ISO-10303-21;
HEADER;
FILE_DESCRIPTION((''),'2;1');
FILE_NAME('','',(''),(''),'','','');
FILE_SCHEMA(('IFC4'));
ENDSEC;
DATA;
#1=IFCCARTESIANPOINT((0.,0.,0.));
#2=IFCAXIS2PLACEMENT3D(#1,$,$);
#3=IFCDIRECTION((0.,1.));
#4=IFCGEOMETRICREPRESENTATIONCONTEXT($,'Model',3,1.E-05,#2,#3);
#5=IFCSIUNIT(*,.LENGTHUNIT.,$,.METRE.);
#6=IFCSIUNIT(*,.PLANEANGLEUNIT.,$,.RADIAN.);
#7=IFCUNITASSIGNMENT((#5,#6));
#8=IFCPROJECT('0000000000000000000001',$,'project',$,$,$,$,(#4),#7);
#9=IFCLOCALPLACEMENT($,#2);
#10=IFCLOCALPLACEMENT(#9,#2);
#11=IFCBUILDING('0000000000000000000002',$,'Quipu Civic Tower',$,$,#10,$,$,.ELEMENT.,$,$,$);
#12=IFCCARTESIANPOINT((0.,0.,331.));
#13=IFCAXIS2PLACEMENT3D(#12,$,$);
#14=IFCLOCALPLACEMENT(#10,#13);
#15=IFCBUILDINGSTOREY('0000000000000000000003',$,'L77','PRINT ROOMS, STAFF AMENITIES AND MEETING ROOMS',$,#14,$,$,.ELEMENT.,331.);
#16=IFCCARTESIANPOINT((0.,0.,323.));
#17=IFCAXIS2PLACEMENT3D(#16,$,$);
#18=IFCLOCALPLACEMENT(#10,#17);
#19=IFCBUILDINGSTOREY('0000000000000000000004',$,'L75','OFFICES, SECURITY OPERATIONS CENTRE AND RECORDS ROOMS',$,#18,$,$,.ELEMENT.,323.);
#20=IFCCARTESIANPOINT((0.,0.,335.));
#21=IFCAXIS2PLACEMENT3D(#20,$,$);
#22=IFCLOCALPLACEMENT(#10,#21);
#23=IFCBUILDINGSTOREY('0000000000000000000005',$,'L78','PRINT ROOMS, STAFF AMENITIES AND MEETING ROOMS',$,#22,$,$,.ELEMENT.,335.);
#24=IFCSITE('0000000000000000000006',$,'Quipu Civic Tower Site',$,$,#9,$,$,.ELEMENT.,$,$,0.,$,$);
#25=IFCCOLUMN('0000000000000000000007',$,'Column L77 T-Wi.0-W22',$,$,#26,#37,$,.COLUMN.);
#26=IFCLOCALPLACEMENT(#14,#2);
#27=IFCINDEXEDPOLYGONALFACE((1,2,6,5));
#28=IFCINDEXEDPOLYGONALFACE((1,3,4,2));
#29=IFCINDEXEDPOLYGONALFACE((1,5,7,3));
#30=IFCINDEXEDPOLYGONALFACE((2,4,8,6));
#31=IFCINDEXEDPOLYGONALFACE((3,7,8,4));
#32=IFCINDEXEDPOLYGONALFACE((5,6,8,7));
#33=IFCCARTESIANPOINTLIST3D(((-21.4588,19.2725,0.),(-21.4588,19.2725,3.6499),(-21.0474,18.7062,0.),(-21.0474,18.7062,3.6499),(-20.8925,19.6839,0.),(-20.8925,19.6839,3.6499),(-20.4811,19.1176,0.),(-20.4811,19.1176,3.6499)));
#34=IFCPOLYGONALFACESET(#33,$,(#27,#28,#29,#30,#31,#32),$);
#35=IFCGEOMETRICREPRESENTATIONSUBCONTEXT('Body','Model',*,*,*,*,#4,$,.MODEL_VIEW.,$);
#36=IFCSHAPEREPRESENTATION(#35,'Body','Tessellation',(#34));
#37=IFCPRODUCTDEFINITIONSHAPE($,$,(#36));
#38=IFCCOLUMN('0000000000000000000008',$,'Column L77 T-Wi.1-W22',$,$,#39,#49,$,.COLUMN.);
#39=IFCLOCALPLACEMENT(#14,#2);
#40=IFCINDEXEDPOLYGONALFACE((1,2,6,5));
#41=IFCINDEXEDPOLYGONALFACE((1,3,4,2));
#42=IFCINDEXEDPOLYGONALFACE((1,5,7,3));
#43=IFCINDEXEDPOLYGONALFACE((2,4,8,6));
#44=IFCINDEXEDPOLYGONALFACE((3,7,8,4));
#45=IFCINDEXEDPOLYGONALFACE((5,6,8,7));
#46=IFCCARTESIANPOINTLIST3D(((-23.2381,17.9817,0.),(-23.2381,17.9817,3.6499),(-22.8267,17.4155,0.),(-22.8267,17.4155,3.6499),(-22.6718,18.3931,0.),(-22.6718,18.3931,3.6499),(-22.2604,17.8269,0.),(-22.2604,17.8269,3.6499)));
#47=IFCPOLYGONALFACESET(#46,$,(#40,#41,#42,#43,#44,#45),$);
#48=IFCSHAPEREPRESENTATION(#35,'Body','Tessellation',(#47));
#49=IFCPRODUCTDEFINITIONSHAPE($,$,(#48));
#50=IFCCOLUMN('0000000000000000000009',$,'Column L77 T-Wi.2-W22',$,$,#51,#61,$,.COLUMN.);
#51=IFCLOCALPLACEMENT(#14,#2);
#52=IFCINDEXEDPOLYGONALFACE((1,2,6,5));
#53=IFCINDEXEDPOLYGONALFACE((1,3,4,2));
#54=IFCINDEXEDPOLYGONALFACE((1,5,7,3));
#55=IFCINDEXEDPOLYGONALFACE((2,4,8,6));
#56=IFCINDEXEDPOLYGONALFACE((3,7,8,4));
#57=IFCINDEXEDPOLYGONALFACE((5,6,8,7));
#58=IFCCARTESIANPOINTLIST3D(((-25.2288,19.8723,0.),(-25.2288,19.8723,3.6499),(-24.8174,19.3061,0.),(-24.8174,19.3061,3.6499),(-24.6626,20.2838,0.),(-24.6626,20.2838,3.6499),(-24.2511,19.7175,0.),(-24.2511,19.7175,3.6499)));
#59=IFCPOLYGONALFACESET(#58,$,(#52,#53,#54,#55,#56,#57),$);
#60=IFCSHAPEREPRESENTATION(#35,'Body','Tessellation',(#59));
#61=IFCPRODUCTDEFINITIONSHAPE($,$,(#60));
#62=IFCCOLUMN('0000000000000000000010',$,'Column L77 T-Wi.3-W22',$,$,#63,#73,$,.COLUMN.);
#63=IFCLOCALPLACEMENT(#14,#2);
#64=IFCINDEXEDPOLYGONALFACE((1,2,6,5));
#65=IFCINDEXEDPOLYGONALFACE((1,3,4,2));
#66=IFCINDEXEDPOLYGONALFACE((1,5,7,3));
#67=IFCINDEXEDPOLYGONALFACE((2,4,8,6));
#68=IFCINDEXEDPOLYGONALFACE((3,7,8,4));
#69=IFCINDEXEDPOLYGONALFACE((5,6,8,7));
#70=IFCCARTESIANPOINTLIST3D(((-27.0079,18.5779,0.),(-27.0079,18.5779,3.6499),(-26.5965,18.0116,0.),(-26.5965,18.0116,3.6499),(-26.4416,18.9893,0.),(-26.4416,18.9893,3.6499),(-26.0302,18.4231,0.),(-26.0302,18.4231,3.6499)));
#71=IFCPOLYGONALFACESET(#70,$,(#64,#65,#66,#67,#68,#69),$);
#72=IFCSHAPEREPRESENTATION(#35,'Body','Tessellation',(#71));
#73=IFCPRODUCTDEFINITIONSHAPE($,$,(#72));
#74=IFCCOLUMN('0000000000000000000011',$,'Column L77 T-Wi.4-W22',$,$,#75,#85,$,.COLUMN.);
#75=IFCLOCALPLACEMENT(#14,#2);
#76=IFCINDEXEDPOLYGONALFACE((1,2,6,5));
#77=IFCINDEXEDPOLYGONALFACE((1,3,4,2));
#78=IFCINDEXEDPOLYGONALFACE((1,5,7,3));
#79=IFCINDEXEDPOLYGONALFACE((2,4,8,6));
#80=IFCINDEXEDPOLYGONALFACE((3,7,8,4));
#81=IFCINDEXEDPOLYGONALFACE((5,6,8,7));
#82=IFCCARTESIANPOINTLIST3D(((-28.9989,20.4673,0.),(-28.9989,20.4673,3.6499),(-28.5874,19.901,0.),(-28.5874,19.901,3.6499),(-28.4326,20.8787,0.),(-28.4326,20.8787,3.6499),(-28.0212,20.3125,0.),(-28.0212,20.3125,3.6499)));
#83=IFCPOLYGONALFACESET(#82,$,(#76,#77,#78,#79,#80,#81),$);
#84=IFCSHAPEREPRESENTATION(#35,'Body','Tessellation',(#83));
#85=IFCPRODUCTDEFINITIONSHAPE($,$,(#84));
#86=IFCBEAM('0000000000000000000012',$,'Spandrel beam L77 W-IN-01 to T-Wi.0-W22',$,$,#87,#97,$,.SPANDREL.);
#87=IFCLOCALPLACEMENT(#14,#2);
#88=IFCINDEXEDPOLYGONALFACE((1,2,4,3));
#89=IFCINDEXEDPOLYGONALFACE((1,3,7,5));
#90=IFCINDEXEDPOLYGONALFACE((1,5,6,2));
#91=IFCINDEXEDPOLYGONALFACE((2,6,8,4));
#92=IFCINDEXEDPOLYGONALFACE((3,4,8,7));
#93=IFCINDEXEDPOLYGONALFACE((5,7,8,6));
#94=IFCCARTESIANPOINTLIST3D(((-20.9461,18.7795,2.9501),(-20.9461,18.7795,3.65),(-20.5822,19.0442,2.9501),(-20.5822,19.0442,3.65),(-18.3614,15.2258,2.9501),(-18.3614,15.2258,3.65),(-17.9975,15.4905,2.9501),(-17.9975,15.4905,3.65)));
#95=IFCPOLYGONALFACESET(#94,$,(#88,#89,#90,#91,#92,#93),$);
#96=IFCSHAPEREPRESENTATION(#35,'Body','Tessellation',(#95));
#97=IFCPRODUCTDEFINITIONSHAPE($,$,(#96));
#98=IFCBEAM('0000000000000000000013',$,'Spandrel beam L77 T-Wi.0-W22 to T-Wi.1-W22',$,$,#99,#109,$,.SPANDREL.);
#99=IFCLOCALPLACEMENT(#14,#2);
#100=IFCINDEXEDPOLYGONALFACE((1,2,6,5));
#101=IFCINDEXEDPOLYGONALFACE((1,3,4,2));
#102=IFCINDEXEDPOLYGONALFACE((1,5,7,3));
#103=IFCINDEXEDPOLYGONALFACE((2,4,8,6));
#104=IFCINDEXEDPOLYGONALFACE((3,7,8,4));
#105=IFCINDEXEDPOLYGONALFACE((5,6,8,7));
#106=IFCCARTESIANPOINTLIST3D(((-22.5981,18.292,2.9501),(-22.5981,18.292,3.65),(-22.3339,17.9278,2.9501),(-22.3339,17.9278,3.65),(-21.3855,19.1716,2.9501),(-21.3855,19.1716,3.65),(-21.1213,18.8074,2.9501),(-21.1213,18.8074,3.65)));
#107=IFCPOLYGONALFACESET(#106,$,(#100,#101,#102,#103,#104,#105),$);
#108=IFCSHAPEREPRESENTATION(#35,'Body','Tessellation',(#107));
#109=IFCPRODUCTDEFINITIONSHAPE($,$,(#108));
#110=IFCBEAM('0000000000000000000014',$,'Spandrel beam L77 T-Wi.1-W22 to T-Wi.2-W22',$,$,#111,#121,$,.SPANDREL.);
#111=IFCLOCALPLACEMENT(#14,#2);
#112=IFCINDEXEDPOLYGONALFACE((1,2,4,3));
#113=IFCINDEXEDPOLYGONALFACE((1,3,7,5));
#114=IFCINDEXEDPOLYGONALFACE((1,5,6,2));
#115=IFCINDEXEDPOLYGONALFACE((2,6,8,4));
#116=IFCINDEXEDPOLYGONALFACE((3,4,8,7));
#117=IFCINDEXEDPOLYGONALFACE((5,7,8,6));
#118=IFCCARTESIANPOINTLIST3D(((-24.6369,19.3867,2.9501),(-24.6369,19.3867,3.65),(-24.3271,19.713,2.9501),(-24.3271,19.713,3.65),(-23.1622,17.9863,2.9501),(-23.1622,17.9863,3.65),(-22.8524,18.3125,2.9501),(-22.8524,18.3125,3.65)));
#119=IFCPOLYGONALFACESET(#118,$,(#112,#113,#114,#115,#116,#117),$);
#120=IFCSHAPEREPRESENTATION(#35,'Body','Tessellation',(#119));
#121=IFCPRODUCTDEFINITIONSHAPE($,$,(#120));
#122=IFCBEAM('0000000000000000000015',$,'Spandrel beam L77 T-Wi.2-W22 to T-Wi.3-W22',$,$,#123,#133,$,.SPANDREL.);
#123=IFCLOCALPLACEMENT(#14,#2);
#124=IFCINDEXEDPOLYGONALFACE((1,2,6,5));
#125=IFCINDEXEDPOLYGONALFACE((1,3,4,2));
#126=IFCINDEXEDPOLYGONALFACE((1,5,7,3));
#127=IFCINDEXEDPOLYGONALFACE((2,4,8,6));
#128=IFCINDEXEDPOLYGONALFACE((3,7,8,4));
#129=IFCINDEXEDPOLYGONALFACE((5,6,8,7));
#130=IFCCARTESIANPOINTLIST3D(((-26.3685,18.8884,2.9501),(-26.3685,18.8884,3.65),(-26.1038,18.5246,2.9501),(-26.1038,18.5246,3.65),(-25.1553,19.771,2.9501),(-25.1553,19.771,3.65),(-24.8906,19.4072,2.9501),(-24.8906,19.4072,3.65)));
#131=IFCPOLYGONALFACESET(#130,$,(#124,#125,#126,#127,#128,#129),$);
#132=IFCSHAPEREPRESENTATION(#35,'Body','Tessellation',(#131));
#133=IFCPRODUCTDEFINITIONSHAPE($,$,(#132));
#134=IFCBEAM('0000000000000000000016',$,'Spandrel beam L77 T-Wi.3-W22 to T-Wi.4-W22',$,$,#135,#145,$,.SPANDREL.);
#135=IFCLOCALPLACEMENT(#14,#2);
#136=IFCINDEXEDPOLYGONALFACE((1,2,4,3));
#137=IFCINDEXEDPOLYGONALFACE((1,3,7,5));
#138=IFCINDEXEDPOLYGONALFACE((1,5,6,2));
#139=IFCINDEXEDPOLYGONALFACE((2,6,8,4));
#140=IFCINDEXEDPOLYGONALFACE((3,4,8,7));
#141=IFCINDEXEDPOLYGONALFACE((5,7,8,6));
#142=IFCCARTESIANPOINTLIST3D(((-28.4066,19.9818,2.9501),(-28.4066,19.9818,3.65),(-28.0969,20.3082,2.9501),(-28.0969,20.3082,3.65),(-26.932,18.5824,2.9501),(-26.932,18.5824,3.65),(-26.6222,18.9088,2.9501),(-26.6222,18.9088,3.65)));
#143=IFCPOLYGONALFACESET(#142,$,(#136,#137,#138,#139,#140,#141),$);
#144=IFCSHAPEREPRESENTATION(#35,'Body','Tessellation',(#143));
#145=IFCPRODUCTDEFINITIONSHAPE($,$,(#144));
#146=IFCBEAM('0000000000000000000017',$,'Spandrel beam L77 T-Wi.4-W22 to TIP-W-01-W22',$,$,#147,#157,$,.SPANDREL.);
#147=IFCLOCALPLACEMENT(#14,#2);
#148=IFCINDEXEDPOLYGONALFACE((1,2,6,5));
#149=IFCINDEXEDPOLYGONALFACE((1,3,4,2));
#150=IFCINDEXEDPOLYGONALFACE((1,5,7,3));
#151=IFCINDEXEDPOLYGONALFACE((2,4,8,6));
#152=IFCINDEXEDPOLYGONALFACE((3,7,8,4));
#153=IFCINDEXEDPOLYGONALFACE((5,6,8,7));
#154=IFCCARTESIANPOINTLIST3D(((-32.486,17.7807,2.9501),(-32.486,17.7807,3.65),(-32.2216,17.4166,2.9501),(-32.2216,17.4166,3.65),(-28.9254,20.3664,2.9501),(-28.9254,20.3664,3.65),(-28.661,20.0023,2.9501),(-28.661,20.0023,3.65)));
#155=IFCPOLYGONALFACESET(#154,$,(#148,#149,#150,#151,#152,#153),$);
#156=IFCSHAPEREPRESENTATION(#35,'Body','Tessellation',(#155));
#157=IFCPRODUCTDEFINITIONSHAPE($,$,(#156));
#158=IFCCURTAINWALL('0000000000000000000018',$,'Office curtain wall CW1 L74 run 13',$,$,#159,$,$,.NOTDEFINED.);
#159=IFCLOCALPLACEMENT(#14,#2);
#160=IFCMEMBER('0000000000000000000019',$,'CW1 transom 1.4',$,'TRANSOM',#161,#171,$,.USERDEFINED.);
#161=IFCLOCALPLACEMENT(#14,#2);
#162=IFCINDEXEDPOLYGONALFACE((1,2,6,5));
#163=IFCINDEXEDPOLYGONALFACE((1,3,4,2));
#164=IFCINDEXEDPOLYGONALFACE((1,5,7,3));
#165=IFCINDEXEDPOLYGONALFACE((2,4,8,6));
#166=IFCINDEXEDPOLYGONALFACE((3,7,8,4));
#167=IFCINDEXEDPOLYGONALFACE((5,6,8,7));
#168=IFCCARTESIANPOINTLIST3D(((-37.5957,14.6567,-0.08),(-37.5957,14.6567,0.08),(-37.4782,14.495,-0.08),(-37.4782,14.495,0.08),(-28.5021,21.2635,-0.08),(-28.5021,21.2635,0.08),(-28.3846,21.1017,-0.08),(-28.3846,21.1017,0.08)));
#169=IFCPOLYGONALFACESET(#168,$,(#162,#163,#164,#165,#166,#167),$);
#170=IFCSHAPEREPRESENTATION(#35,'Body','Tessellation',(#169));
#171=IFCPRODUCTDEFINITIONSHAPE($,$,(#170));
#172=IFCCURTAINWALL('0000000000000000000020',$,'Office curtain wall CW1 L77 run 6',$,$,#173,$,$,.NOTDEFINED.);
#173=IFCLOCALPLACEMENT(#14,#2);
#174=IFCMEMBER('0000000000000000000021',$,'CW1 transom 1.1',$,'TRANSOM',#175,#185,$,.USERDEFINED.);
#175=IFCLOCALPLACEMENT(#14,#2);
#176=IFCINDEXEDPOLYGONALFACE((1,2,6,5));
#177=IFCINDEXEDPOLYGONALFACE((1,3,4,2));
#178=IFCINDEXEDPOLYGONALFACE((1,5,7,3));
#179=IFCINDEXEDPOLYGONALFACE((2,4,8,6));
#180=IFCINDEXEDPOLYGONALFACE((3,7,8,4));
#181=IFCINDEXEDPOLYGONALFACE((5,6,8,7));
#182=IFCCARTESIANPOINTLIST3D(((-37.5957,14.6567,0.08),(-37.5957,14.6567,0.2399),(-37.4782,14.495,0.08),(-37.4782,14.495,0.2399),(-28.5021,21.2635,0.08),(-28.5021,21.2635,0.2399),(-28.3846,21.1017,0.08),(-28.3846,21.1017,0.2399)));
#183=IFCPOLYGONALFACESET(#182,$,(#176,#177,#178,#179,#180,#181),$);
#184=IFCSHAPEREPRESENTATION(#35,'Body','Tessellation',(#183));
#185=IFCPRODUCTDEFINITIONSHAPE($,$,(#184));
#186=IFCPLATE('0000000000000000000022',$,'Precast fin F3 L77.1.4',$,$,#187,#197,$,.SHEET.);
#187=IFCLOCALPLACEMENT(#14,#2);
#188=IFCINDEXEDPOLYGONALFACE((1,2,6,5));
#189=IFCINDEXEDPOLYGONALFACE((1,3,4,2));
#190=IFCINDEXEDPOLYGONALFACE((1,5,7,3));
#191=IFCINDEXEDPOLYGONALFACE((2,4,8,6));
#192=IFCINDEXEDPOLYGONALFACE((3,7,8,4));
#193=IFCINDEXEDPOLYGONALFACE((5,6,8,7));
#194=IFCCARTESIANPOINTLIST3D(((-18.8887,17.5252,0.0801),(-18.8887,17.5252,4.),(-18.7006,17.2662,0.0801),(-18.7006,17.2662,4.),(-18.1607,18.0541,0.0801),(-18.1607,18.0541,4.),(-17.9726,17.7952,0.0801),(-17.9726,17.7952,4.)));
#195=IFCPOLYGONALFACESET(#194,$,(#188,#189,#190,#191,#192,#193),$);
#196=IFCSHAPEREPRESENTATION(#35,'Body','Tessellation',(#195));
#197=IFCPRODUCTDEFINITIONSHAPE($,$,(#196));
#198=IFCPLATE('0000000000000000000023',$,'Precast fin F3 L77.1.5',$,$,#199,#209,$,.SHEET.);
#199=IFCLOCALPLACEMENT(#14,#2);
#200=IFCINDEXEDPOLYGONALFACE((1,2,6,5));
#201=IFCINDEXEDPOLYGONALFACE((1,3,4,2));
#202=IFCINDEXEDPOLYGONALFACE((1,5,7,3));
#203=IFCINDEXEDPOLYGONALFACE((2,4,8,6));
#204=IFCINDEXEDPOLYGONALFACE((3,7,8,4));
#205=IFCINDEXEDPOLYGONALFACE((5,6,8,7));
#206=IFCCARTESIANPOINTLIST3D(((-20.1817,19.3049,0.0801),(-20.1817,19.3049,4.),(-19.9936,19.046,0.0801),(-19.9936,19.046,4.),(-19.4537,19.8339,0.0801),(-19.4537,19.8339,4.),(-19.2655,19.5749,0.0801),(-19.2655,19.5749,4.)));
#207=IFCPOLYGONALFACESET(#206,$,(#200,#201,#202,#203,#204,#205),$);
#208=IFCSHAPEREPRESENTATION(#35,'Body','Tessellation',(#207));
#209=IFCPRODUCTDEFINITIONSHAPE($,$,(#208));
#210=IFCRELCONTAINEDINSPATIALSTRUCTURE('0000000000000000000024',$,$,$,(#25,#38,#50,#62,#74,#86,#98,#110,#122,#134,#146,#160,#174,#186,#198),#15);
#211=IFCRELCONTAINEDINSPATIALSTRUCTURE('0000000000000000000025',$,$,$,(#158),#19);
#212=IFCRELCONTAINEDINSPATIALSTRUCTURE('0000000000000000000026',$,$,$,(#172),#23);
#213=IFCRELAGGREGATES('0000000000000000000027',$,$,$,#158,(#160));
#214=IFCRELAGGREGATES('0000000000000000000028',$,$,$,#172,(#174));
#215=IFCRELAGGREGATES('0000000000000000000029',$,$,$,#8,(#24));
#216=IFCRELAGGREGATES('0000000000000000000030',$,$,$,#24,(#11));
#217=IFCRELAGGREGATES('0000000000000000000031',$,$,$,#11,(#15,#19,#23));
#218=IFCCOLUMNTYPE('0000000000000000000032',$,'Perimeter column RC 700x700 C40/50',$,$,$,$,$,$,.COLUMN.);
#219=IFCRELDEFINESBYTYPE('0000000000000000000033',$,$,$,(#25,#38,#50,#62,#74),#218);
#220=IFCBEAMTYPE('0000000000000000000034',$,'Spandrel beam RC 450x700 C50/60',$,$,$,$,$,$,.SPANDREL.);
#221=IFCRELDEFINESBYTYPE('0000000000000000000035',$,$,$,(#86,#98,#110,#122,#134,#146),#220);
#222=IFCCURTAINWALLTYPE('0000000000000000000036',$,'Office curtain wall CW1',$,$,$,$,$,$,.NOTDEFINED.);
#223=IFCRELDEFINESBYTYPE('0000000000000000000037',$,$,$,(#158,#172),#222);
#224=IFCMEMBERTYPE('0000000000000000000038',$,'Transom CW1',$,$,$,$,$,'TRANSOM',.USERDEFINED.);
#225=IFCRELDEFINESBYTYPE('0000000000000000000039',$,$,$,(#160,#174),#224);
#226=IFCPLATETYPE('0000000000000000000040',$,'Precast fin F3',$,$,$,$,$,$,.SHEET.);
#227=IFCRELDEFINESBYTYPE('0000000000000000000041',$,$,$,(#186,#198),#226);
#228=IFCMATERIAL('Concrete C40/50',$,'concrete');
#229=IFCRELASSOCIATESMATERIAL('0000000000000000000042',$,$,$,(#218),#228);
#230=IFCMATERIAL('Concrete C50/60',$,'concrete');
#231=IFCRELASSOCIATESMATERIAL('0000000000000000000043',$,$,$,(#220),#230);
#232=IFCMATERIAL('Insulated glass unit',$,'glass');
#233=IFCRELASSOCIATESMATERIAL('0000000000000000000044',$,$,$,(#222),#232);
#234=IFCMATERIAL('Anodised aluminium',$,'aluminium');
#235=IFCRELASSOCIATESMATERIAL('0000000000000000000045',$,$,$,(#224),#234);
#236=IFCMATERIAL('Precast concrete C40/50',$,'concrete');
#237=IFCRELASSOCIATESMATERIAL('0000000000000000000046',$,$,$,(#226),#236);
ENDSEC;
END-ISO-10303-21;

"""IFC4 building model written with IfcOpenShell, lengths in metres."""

from ifc_helpers import new_model, si_unit, direction, frame, origin, origin_2d, place, context, subcontext, project, spatial, rectangle, extrude, material, material_profile, profile_set, type_object, element, aggregate, save


model = new_model("IFC4")

# Units and contexts
model_context = context("Model", 3, precision=1e-05, world=origin(), true_north=direction((0.0, 1.0)))
body_context = subcontext(model_context, "Body", "Model", "MODEL_VIEW")
ifc_project = project(units=[si_unit("LENGTHUNIT", "METRE"), si_unit("PLANEANGLEUNIT", "RADIAN")], contexts=[model_context])

# Site, building, storey
site_placement = place(None, origin())
site = spatial("IfcSite", under=ifc_project, at=site_placement, Name="Quipu Civic Tower Site", CompositionType="ELEMENT", RefElevation=0.0)
building_placement = place(site_placement, origin())
building = spatial("IfcBuilding", under=site, at=building_placement, Name="Quipu Civic Tower", CompositionType="ELEMENT")
storey_1_placement = place(building_placement, frame((0.0, 0.0, 331.0)))
storey_1 = spatial("IfcBuildingStorey", under=building, at=storey_1_placement, Name="L77", Description="PRINT ROOMS, STAFF AMENITIES AND MEETING ROOMS", CompositionType="ELEMENT", Elevation=331.0)

# Columns
ifc_material_1 = material(Name="Concrete C40/50", Category="concrete")
ifc_material_profile_1 = material_profile(ifc_material_1, rectangle(XDim=0.7, YDim=0.7, at=origin_2d()), Name="RC700x700")
ifc_profile_set_1 = profile_set([ifc_material_profile_1], Name="Concrete C40/50")
column_type = type_object("IfcColumnType", Name="Perimeter column RC 700x700 C40/50", PredefinedType="COLUMN", material=ifc_profile_set_1)
for number, where, z_axis, x_axis, name in (
    (1, (-20.97, 19.1951, 0.0), (0.0, 0.0, 1.0), (-0.587785, 0.809017, 0.0), "Column L77 T-Wi.0-W22"),
    (2, (-22.7493, 17.9043, 0.0), (0.0, 0.0, 1.0), (-0.587785, 0.809017, 0.0), "Column L77 T-Wi.1-W22"),
    (3, (-24.74, 19.7949, 0.0), (0.0, 0.0, 1.0), (-0.587785, 0.809017, 0.0), "Column L77 T-Wi.2-W22"),
    (4, (-26.519, 18.5005, 0.0), (0.0, 0.0, 1.0), (-0.587785, 0.809017, 0.0), "Column L77 T-Wi.3-W22"),
    (5, (-28.51, 20.3899, 0.0), (0.0, 0.0, 1.0), (-0.809017, -0.587785, 0.0), "Column L77 T-Wi.4-W22"),
):
    element("IfcColumn", number, at=place(storey_1_placement, frame(where, z_axis=z_axis, x_axis=x_axis)), inside=storey_1, type_object=column_type, Name=name, PredefinedType="COLUMN", context=body_context, shape_type="SweptSolid", body=[
        extrude(rectangle(XDim=0.7, YDim=0.7, at=origin_2d()), origin(), (0.0, 0.0, 1.0), 3.6499),
    ])

# Beams
ifc_material_2 = material(Name="Concrete C50/60", Category="concrete")
ifc_material_profile_2 = material_profile(ifc_material_2, rectangle(XDim=0.45, YDim=0.7, at=origin_2d()), Name="RC450x700")
ifc_profile_set_2 = profile_set([ifc_material_profile_2], Name="Concrete C50/60")
beam_type = type_object("IfcBeamType", Name="Spandrel beam RC 450x700 C50/60", PredefinedType="SPANDREL", material=ifc_profile_set_2)
beam_1_placement = place(storey_1_placement, frame((-18.1794, 15.3582, 3.3), z_axis=(-0.588201, 0.808714, 0.0), x_axis=(-0.808714, -0.588201, 0.0)))
element("IfcBeam", 6, at=beam_1_placement, inside=storey_1, type_object=beam_type, Name="Spandrel beam L77 W-IN-01 to T-Wi.0-W22", PredefinedType="SPANDREL", context=body_context, shape_type="SweptSolid", body=[
    extrude(rectangle(XDim=0.45, YDim=0.7, at=origin_2d()), origin(), (0.0, 0.0, 1.0), 4.3943),
])
beam_2_placement = place(storey_1_placement, frame((-21.2534, 18.9895, 3.3), z_axis=(-0.809461, -0.587173, 0.0), x_axis=(0.587173, -0.809461, 0.0)))
element("IfcBeam", 7, at=beam_2_placement, inside=storey_1, type_object=beam_type, Name="Spandrel beam L77 T-Wi.0-W22 to T-Wi.1-W22", PredefinedType="SPANDREL", context=body_context, shape_type="SweptSolid", body=[
    extrude(rectangle(XDim=0.45, YDim=0.7, at=origin_2d()), origin(), (0.0, 0.0, 1.0), 1.498),
])
beam_3_placement = place(storey_1_placement, frame((-23.0073, 18.1494, 3.3), z_axis=(-0.725119, 0.688623, 0.0), x_axis=(-0.688623, -0.725119, 0.0)))
element("IfcBeam", 8, at=beam_3_placement, inside=storey_1, type_object=beam_type, Name="Spandrel beam L77 T-Wi.1-W22 to T-Wi.2-W22", PredefinedType="SPANDREL", context=body_context, shape_type="SweptSolid", body=[
    extrude(rectangle(XDim=0.45, YDim=0.7, at=origin_2d()), origin(), (0.0, 0.0, 1.0), 2.0337),
])
beam_4_placement = place(storey_1_placement, frame((-25.0229, 19.5891, 3.3), z_axis=(-0.808645, -0.588297, 0.0), x_axis=(0.588297, -0.808645, 0.0)))
element("IfcBeam", 9, at=beam_4_placement, inside=storey_1, type_object=beam_type, Name="Spandrel beam L77 T-Wi.2-W22 to T-Wi.3-W22", PredefinedType="SPANDREL", context=body_context, shape_type="SweptSolid", body=[
    extrude(rectangle(XDim=0.45, YDim=0.7, at=origin_2d()), origin(), (0.0, 0.0, 1.0), 1.5002),
])
beam_5_placement = place(storey_1_placement, frame((-26.7771, 18.7456, 3.3), z_axis=(-0.725359, 0.688371, 0.0), x_axis=(-0.688371, -0.725359, 0.0)))
element("IfcBeam", 10, at=beam_5_placement, inside=storey_1, type_object=beam_type, Name="Spandrel beam L77 T-Wi.3-W22 to T-Wi.4-W22", PredefinedType="SPANDREL", context=body_context, shape_type="SweptSolid", body=[
    extrude(rectangle(XDim=0.45, YDim=0.7, at=origin_2d()), origin(), (0.0, 0.0, 1.0), 2.033),
])
beam_6_placement = place(storey_1_placement, frame((-28.7932, 20.1843, 3.3), z_axis=(-0.809146, -0.587607, 0.0), x_axis=(0.587607, -0.809146, 0.0)))
element("IfcBeam", 11, at=beam_6_placement, inside=storey_1, type_object=beam_type, Name="Spandrel beam L77 T-Wi.4-W22 to TIP-W-01-W22", PredefinedType="SPANDREL", context=body_context, shape_type="SweptSolid", body=[
    extrude(rectangle(XDim=0.45, YDim=0.7, at=origin_2d()), origin(), (0.0, 0.0, 1.0), 4.4004),
])

# Shared definitions
storey_2_placement = place(building_placement, frame((0.0, 0.0, 323.0)))
storey_2 = spatial("IfcBuildingStorey", under=building, at=storey_2_placement, Name="L75", Description="OFFICES, SECURITY OPERATIONS CENTRE AND RECORDS ROOMS", CompositionType="ELEMENT", Elevation=323.0)

# Curtain wall, member
ifc_material_3 = material(Name="Insulated glass unit", Category="glass")
curtain_wall_type = type_object("IfcCurtainWallType", Name="Office curtain wall CW1", PredefinedType="NOTDEFINED", material=ifc_material_3)
curtain_wall_1_placement = place(storey_2_placement, origin())
curtain_wall_1 = element("IfcCurtainWall", 12, at=curtain_wall_1_placement, inside=storey_2, type_object=curtain_wall_type, Name="Office curtain wall CW1 L74 run 13", PredefinedType="NOTDEFINED")
ifc_material_4 = material(Name="Anodised aluminium", Category="aluminium")
ifc_material_profile_3 = material_profile(ifc_material_4, rectangle(XDim=0.2, YDim=0.1599, at=origin_2d()), Name="RECT 200x160")
ifc_profile_set_3 = profile_set([ifc_material_profile_3], Name="Anodised aluminium")
member_type = type_object("IfcMemberType", Name="Transom CW1", ElementType="TRANSOM", PredefinedType="USERDEFINED", material=ifc_profile_set_3)
member_1_placement = place(storey_1_placement, frame((-28.4434, 21.1826, 0.0), z_axis=(-0.809022, -0.587778, 0.0), x_axis=(0.587778, -0.809022, 0.0)))
member_1 = element("IfcMember", 13, at=member_1_placement, inside=storey_1, type_object=member_type, Name="CW1 transom 1.4", ObjectType="TRANSOM", PredefinedType="USERDEFINED", context=body_context, shape_type="SweptSolid", body=[
    extrude(rectangle(XDim=0.2, YDim=0.1599, at=origin_2d()), origin(), (0.0, 0.0, 1.0), 11.2402),
])
aggregate(curtain_wall_1, [member_1])

# Shared definitions
storey_3_placement = place(building_placement, frame((0.0, 0.0, 335.0)))
storey_3 = spatial("IfcBuildingStorey", under=building, at=storey_3_placement, Name="L78", Description="PRINT ROOMS, STAFF AMENITIES AND MEETING ROOMS", CompositionType="ELEMENT", Elevation=335.0)

# Curtain wall, member
curtain_wall_2_placement = place(storey_3_placement, origin())
curtain_wall_2 = element("IfcCurtainWall", 14, at=curtain_wall_2_placement, inside=storey_3, type_object=curtain_wall_type, Name="Office curtain wall CW1 L77 run 6", PredefinedType="NOTDEFINED")
member_2_placement = place(storey_1_placement, frame((-28.4434, 21.1826, 0.1599), z_axis=(-0.809022, -0.587778, 0.0), x_axis=(0.587778, -0.809022, 0.0)))
member_2 = element("IfcMember", 15, at=member_2_placement, inside=storey_1, type_object=member_type, Name="CW1 transom 1.1", ObjectType="TRANSOM", PredefinedType="USERDEFINED", context=body_context, shape_type="SweptSolid", body=[
    extrude(rectangle(XDim=0.2, YDim=0.1599, at=origin_2d()), origin(), (0.0, 0.0, 1.0), 11.2402),
])
aggregate(curtain_wall_2, [member_2])

# Plates
ifc_material_5 = material(Name="Precast concrete C40/50", Category="concrete")
plate_type = type_object("IfcPlateType", Name="Precast fin F3", PredefinedType="SHEET", material=ifc_material_5)
for number, where, z_axis, x_axis, name in (
    (16, (-18.4307, 17.6602, 0.0801), (0.0, 0.0, 1.0), (-0.587784, 0.809018, 0.0), "Precast fin F3 L77.1.4"),
    (17, (-19.7236, 19.4399, 0.0801), (0.0, 0.0, 1.0), (-0.587784, 0.809018, 0.0), "Precast fin F3 L77.1.5"),
):
    element("IfcPlate", number, at=place(storey_1_placement, frame(where, z_axis=z_axis, x_axis=x_axis)), inside=storey_1, type_object=plate_type, Name=name, PredefinedType="SHEET", context=body_context, shape_type="SweptSolid", body=[
        extrude(rectangle(XDim=0.3201, YDim=0.8999, at=origin_2d()), origin(), (0.0, 0.0, 1.0), 3.9199),
    ])

save(model, "model.ifc")
